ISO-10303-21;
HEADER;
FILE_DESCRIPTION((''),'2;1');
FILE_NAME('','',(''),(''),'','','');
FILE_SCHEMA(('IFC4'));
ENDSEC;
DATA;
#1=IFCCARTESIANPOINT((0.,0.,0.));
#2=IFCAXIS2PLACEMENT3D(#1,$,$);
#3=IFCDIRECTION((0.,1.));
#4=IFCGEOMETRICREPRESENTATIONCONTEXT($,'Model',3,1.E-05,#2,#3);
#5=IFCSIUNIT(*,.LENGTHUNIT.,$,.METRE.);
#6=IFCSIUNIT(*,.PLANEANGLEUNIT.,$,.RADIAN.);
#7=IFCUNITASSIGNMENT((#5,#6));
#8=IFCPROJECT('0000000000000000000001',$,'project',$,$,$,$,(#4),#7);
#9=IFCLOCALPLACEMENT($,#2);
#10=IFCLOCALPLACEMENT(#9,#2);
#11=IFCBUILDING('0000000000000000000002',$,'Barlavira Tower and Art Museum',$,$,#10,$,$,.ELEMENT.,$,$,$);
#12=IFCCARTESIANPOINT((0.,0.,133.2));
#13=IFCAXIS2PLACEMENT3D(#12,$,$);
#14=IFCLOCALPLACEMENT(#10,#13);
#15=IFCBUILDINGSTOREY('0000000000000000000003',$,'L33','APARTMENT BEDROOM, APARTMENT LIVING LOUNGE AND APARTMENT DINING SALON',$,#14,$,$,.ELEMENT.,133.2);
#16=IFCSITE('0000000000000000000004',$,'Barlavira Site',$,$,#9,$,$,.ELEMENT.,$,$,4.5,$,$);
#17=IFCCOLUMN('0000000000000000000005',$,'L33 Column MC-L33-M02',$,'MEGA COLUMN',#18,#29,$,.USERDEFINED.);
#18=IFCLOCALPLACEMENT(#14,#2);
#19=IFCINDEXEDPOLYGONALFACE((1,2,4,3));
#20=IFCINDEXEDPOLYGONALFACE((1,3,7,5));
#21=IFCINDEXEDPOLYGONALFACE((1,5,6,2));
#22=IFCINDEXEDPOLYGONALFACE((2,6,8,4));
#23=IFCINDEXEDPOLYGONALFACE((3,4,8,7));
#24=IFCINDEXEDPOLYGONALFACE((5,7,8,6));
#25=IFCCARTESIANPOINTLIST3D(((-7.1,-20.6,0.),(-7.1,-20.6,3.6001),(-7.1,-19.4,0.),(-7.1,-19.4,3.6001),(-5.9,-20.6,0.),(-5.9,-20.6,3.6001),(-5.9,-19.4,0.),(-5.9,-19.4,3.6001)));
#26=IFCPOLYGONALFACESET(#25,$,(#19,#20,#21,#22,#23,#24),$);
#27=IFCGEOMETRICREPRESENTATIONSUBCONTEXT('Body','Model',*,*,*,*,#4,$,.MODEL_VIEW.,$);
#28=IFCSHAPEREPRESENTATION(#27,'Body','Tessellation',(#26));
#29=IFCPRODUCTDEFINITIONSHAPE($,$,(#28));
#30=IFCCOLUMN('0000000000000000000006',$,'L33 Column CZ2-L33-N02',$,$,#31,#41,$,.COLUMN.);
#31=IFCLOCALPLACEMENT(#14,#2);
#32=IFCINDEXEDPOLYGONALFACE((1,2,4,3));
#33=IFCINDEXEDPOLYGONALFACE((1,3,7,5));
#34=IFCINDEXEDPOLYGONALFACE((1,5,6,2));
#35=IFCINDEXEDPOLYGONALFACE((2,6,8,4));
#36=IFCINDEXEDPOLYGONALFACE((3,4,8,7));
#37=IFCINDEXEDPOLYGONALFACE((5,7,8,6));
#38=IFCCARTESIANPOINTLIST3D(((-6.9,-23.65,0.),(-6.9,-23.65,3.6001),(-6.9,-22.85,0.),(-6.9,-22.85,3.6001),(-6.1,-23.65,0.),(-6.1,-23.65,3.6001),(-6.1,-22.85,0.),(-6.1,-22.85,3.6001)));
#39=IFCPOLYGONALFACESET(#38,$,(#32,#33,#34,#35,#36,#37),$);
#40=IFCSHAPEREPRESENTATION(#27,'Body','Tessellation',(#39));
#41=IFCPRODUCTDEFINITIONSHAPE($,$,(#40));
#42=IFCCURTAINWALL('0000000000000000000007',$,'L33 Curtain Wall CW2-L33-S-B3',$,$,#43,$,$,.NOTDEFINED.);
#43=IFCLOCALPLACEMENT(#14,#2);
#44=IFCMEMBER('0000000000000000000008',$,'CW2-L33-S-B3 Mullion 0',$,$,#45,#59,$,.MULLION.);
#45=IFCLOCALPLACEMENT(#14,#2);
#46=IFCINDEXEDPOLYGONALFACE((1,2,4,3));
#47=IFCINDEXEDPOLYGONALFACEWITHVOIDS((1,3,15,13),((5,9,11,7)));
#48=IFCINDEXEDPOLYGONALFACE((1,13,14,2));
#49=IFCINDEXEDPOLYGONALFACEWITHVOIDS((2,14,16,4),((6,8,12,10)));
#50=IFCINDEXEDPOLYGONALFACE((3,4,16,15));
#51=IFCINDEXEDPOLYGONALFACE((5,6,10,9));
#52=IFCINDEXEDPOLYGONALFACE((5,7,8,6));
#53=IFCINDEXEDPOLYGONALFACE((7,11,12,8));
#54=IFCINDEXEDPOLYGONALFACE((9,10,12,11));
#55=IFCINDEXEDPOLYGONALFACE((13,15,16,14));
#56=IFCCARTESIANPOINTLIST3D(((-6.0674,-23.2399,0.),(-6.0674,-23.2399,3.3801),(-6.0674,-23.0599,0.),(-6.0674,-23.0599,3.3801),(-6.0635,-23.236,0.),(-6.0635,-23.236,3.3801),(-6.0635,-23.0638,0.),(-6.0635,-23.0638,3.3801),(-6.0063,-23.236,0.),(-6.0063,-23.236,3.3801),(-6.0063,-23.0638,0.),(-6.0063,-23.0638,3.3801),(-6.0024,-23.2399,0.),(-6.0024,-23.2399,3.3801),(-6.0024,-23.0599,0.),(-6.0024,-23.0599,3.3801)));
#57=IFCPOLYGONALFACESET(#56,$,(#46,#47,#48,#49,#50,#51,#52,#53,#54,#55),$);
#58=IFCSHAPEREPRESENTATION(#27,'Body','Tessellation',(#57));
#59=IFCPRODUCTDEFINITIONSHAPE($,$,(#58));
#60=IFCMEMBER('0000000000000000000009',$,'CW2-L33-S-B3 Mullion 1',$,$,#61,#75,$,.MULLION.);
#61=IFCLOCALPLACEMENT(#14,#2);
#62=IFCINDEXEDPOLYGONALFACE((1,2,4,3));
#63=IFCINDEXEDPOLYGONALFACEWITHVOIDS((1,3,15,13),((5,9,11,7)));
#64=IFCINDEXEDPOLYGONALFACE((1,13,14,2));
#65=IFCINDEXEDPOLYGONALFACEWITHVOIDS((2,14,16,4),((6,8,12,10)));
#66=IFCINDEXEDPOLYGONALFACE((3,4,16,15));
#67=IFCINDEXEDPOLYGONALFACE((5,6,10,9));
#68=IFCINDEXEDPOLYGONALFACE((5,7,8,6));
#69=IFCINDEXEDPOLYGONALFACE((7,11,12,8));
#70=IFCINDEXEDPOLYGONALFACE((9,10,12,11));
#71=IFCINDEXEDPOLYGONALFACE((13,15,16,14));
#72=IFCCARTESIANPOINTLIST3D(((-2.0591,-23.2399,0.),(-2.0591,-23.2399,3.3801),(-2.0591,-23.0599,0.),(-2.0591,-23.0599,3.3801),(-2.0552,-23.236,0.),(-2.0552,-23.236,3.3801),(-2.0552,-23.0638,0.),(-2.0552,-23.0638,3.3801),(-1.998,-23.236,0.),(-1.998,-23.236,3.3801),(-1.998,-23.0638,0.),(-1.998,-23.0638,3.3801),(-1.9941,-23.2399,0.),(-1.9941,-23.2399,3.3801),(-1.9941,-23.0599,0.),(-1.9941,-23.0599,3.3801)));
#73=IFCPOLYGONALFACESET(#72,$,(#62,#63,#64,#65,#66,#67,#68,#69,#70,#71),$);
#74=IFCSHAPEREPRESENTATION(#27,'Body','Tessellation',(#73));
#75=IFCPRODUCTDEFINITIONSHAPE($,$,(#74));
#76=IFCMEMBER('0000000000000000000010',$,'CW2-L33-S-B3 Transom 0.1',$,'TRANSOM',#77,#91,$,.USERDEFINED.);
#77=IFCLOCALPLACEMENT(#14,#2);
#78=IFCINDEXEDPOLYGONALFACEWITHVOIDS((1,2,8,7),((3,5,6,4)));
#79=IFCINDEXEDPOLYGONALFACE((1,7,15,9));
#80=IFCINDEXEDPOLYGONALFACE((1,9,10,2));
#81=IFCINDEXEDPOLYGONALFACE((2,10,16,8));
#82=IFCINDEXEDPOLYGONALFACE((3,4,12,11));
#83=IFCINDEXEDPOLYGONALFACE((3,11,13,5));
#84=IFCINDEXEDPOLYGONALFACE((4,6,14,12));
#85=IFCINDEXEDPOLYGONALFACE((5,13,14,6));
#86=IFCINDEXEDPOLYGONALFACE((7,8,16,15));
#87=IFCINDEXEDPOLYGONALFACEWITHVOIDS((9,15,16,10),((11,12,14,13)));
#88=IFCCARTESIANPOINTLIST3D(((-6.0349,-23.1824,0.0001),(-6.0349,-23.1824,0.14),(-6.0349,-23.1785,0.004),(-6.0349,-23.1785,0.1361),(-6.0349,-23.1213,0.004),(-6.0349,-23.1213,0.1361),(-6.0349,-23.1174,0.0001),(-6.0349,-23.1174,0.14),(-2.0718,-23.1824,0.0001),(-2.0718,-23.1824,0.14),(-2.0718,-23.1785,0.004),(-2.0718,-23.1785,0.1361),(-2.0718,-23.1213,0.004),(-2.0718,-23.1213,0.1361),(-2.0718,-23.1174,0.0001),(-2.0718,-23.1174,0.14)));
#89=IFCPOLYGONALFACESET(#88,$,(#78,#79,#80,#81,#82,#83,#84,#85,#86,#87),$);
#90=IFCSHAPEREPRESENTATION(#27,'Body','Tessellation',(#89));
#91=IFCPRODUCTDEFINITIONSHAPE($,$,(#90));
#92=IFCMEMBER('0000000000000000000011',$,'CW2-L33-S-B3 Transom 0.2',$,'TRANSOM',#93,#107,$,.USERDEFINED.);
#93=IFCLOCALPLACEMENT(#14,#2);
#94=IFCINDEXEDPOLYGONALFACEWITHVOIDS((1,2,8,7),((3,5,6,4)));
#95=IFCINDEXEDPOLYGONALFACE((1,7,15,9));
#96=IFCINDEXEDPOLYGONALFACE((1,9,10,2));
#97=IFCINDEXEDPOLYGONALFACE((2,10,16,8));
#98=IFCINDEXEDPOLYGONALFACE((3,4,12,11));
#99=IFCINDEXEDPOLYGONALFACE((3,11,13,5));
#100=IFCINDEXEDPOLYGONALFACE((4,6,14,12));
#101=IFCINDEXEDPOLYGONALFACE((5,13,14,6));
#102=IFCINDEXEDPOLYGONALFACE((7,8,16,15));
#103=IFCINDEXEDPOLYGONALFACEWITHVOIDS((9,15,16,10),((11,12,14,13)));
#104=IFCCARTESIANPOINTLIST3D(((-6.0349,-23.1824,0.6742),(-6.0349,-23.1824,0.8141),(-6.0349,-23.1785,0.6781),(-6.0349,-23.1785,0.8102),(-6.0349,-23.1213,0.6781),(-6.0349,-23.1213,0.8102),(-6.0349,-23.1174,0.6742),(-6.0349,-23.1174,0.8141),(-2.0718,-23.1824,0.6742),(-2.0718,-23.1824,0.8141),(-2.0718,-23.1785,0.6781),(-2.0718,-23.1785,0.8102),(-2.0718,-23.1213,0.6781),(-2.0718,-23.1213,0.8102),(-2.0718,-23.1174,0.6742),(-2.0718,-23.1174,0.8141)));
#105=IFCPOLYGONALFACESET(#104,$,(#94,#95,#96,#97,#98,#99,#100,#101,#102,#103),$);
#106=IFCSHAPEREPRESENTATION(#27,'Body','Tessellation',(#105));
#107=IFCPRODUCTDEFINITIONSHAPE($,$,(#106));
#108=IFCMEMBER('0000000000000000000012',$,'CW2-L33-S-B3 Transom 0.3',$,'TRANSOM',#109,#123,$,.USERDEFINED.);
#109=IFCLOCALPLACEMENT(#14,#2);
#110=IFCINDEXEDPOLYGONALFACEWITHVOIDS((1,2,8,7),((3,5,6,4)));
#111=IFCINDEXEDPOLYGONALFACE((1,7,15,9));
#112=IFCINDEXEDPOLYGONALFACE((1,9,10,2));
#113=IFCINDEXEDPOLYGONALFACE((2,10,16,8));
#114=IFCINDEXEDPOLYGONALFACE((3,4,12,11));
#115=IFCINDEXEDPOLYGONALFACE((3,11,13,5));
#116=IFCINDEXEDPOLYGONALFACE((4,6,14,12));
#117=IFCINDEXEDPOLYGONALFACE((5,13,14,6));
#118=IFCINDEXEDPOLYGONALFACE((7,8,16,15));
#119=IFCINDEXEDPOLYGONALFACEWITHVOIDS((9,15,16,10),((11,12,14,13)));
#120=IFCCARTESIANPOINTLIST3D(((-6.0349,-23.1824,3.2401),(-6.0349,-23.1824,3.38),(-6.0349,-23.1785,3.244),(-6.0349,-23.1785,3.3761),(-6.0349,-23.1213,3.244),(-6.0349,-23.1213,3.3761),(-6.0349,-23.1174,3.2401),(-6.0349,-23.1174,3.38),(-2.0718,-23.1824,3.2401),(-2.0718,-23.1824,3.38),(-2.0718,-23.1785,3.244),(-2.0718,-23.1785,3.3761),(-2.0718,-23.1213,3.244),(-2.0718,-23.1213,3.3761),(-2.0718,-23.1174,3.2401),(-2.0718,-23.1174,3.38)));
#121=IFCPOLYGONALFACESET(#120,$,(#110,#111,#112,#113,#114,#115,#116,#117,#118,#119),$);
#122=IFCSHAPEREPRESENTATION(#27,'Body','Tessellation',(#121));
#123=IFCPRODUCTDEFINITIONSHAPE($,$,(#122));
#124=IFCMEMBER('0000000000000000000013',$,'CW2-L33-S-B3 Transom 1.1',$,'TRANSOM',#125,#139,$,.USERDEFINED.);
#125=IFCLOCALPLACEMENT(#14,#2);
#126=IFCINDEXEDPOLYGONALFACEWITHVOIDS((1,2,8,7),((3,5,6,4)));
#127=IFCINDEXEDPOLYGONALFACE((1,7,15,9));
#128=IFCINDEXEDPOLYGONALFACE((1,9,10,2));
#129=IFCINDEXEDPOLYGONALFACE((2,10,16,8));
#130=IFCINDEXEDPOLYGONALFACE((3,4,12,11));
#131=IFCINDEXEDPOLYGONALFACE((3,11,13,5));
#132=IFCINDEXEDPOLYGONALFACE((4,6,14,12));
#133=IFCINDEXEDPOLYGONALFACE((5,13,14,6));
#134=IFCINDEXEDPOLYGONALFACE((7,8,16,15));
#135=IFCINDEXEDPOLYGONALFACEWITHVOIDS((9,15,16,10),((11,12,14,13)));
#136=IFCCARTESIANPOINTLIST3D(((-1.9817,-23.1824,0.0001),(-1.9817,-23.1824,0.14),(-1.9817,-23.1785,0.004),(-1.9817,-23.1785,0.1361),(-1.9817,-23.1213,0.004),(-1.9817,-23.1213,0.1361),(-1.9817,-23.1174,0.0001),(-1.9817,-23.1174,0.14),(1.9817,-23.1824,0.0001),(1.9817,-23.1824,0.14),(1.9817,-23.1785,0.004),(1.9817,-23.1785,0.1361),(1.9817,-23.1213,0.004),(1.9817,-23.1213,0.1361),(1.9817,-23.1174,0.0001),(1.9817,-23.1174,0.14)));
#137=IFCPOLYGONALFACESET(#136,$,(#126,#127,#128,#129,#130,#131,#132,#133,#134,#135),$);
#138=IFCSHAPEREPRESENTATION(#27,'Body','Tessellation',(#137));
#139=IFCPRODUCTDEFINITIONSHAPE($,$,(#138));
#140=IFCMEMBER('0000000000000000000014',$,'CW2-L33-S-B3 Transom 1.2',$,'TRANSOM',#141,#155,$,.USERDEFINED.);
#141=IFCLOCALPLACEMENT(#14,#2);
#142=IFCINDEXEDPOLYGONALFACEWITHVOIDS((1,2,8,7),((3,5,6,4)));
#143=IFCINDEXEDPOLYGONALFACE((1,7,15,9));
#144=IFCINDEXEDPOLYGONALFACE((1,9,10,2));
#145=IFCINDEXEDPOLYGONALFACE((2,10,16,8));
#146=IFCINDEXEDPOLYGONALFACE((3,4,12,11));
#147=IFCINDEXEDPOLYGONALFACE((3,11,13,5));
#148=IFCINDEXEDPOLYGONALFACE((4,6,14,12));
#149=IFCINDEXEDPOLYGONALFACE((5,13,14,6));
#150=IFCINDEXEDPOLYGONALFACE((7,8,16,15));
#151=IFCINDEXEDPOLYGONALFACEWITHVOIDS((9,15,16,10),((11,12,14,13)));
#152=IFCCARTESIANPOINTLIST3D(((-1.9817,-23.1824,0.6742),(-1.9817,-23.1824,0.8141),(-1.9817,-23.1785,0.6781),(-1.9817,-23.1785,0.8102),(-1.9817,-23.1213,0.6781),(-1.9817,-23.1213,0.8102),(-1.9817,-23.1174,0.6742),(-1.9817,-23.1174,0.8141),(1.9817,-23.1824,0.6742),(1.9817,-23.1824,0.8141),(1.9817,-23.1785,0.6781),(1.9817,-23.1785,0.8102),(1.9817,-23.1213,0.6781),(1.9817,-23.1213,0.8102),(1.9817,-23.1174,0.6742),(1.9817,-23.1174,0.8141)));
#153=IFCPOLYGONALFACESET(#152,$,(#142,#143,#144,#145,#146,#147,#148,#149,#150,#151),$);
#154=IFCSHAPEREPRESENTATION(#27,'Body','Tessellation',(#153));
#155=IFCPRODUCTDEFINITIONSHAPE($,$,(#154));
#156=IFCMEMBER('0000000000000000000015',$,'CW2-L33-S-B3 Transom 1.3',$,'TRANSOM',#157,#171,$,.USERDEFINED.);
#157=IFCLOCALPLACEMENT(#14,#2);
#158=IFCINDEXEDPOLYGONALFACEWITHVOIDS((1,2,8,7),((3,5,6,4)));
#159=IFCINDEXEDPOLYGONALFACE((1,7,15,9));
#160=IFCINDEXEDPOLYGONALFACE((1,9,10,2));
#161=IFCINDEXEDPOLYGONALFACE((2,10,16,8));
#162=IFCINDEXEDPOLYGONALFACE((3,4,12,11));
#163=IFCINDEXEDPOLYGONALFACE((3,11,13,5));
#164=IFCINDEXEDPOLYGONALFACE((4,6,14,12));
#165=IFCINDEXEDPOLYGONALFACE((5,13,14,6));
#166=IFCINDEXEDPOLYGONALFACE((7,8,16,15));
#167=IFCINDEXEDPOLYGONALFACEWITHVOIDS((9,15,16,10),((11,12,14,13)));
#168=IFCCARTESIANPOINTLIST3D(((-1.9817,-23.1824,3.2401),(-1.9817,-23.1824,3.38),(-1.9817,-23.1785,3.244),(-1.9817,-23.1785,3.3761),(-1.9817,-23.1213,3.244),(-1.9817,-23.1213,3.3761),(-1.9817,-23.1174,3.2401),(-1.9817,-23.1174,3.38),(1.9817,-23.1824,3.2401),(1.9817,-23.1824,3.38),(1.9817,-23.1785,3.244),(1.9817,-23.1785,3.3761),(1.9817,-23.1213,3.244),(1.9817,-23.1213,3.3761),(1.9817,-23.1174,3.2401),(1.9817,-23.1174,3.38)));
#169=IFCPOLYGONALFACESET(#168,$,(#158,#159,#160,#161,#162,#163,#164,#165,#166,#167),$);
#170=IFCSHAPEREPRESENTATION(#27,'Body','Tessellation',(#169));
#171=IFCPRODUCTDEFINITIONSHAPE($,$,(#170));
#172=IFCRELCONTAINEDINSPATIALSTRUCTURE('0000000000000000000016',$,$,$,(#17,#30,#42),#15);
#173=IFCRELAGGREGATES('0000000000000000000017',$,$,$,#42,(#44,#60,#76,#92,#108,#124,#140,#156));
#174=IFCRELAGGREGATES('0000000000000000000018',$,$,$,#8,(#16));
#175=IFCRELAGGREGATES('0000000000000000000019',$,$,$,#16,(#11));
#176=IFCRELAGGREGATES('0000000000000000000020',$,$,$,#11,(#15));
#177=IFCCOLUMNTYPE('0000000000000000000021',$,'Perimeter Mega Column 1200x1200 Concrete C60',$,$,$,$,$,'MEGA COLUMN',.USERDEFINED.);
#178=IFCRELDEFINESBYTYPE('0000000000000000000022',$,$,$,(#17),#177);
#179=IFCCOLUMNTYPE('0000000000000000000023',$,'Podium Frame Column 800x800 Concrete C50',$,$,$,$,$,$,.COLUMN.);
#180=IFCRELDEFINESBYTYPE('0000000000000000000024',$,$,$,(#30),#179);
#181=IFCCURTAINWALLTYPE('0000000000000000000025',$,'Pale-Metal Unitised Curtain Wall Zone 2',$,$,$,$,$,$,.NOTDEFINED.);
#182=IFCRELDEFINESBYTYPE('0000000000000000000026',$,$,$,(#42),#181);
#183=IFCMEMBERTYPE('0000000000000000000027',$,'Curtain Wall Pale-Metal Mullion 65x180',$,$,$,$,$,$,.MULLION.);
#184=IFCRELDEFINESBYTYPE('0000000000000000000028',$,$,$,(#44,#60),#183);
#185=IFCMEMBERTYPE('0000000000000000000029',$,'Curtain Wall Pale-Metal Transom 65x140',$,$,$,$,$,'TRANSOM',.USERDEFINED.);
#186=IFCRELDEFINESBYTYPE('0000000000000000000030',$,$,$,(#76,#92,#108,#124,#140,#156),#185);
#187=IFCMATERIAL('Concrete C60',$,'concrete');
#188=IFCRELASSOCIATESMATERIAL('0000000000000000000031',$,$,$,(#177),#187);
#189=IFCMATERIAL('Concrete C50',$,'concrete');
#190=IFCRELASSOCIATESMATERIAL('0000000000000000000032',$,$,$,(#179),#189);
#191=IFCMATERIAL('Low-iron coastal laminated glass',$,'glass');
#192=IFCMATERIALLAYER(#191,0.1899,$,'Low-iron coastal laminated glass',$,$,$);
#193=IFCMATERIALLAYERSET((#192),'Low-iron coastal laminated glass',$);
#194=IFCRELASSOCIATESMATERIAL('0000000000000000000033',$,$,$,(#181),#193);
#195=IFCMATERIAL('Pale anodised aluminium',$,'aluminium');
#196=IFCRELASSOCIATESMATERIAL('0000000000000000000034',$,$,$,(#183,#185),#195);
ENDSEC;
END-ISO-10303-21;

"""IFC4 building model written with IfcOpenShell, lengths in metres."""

from ifc_helpers import new_model, si_unit, direction, frame, origin, origin_2d, place, context, subcontext, project, spatial, rectangle, hollow_rectangle, extrude, material, layer, layer_set, material_profile, profile_set, type_object, element, aggregate, save


model = new_model("IFC4")

# Units and contexts
model_context = context("Model", 3, precision=1e-05, world=origin(), true_north=direction((0.0, 1.0)))
body_context = subcontext(model_context, "Body", "Model", "MODEL_VIEW")
ifc_project = project(units=[si_unit("LENGTHUNIT", "METRE"), si_unit("PLANEANGLEUNIT", "RADIAN")], contexts=[model_context])

# Site, building, storey
site_placement = place(None, origin())
site = spatial("IfcSite", under=ifc_project, at=site_placement, Name="Barlavira Site", CompositionType="ELEMENT", RefElevation=4.5)
building_placement = place(site_placement, origin())
building = spatial("IfcBuilding", under=site, at=building_placement, Name="Barlavira Tower and Art Museum", CompositionType="ELEMENT")
storey_placement = place(building_placement, frame((0.0, 0.0, 133.2)))
storey = spatial("IfcBuildingStorey", under=building, at=storey_placement, Name="L33", Description="APARTMENT BEDROOM, APARTMENT LIVING LOUNGE AND APARTMENT DINING SALON", CompositionType="ELEMENT", Elevation=133.2)

# Columns
ifc_material_1 = material(Name="Concrete C60", Category="concrete")
ifc_material_profile_1 = material_profile(ifc_material_1, rectangle(XDim=1.2, YDim=1.2, at=origin_2d()), Name="RC-COL 1200x1200")
ifc_profile_set_1 = profile_set([ifc_material_profile_1], Name="Concrete C60")
column_type_1 = type_object("IfcColumnType", Name="Perimeter Mega Column 1200x1200 Concrete C60", ElementType="MEGA COLUMN", PredefinedType="USERDEFINED", material=ifc_profile_set_1)
column_1_placement = place(storey_placement, frame((-6.5, -20.0, 0.0), z_axis=(0.0, 0.0, 1.0), x_axis=(1.0, 0.0, 0.0)))
element("IfcColumn", 1, at=column_1_placement, inside=storey, type_object=column_type_1, Name="L33 Column MC-L33-M02", ObjectType="MEGA COLUMN", PredefinedType="USERDEFINED", context=body_context, shape_type="SweptSolid", body=[
    extrude(rectangle(XDim=1.2, YDim=1.2, at=origin_2d()), origin(), (0.0, 0.0, 1.0), 3.6001),
])
ifc_material_2 = material(Name="Concrete C50", Category="concrete")
ifc_material_profile_2 = material_profile(ifc_material_2, rectangle(XDim=0.8, YDim=0.8, at=origin_2d()), Name="RC-COL 800x800")
ifc_profile_set_2 = profile_set([ifc_material_profile_2], Name="Concrete C50")
column_type_2 = type_object("IfcColumnType", Name="Podium Frame Column 800x800 Concrete C50", PredefinedType="COLUMN", material=ifc_profile_set_2)
column_2_placement = place(storey_placement, frame((-6.5, -23.25, 0.0), z_axis=(0.0, 0.0, 1.0), x_axis=(1.0, 0.0, 0.0)))
element("IfcColumn", 2, at=column_2_placement, inside=storey, type_object=column_type_2, Name="L33 Column CZ2-L33-N02", PredefinedType="COLUMN", context=body_context, shape_type="SweptSolid", body=[
    extrude(rectangle(XDim=0.8, YDim=0.8, at=origin_2d()), origin(), (0.0, 0.0, 1.0), 3.6001),
])

# Curtain wall, members
ifc_material_3 = material(Name="Low-iron coastal laminated glass", Category="glass")
ifc_layer_1 = layer(ifc_material_3, 0.1899, Name="Low-iron coastal laminated glass")
ifc_layer_set_1 = layer_set([ifc_layer_1], Name="Low-iron coastal laminated glass")
curtain_wall_type = type_object("IfcCurtainWallType", Name="Pale-Metal Unitised Curtain Wall Zone 2", PredefinedType="NOTDEFINED", material=ifc_layer_set_1)
curtain_wall_placement = place(storey_placement, origin())
curtain_wall = element("IfcCurtainWall", 3, at=curtain_wall_placement, inside=storey, type_object=curtain_wall_type, Name="L33 Curtain Wall CW2-L33-S-B3", PredefinedType="NOTDEFINED")
ifc_material_4 = material(Name="Pale anodised aluminium", Category="aluminium")
ifc_material_profile_3 = material_profile(ifc_material_4, hollow_rectangle(XDim=0.0649, YDim=0.1799, WallThickness=0.0039, at=origin_2d()), Name="ALU-MULL 65x180x4")
ifc_profile_set_3 = profile_set([ifc_material_profile_3], Name="Pale anodised aluminium")
member_type_1 = type_object("IfcMemberType", Name="Curtain Wall Pale-Metal Mullion 65x180", PredefinedType="MULLION", material=ifc_profile_set_3)
member_1_placement = place(storey_placement, frame((-6.0349, -23.1499, 0.0), z_axis=(0.0, 0.0, 1.0), x_axis=(1.0, 0.0, 0.0)))
member_1 = element("IfcMember", 4, at=member_1_placement, type_object=member_type_1, Name="CW2-L33-S-B3 Mullion 0", PredefinedType="MULLION", context=body_context, shape_type="SweptSolid", body=[
    extrude(hollow_rectangle(XDim=0.0649, YDim=0.1799, WallThickness=0.0039, at=origin_2d()), origin(), (0.0, 0.0, 1.0), 3.3801),
])
member_2_placement = place(storey_placement, frame((-2.0266, -23.1499, 0.0), z_axis=(0.0, 0.0, 1.0), x_axis=(1.0, 0.0, 0.0)))
member_2 = element("IfcMember", 5, at=member_2_placement, type_object=member_type_1, Name="CW2-L33-S-B3 Mullion 1", PredefinedType="MULLION", context=body_context, shape_type="SweptSolid", body=[
    extrude(hollow_rectangle(XDim=0.0649, YDim=0.1799, WallThickness=0.0039, at=origin_2d()), origin(), (0.0, 0.0, 1.0), 3.3801),
])
ifc_material_profile_4 = material_profile(ifc_material_4, hollow_rectangle(XDim=0.0649, YDim=0.1399, WallThickness=0.0039, at=origin_2d()), Name="ALU-TRAN 65x140x4")
ifc_profile_set_4 = profile_set([ifc_material_profile_4], Name="Pale anodised aluminium")
member_type_2 = type_object("IfcMemberType", Name="Curtain Wall Pale-Metal Transom 65x140", ElementType="TRANSOM", PredefinedType="USERDEFINED", material=ifc_profile_set_4)
member_3_placement = place(storey_placement, frame((-6.0349, -23.1499, 0.0701), z_axis=(1.0, 0.0, 0.0), x_axis=(0.0, 1.0, 0.0)))
member_3 = element("IfcMember", 6, at=member_3_placement, type_object=member_type_2, Name="CW2-L33-S-B3 Transom 0.1", ObjectType="TRANSOM", PredefinedType="USERDEFINED", context=body_context, shape_type="SweptSolid", body=[
    extrude(hollow_rectangle(XDim=0.0649, YDim=0.1399, WallThickness=0.0039, at=origin_2d()), origin(), (0.0, 0.0, 1.0), 3.9631),
])
member_4_placement = place(storey_placement, frame((-6.0349, -23.1499, 0.7441), z_axis=(1.0, 0.0, 0.0), x_axis=(0.0, 1.0, 0.0)))
member_4 = element("IfcMember", 7, at=member_4_placement, type_object=member_type_2, Name="CW2-L33-S-B3 Transom 0.2", ObjectType="TRANSOM", PredefinedType="USERDEFINED", context=body_context, shape_type="SweptSolid", body=[
    extrude(hollow_rectangle(XDim=0.0649, YDim=0.1399, WallThickness=0.0039, at=origin_2d()), origin(), (0.0, 0.0, 1.0), 3.9631),
])
member_5_placement = place(storey_placement, frame((-6.0349, -23.1499, 3.3101), z_axis=(1.0, 0.0, 0.0), x_axis=(0.0, 1.0, 0.0)))
member_5 = element("IfcMember", 8, at=member_5_placement, type_object=member_type_2, Name="CW2-L33-S-B3 Transom 0.3", ObjectType="TRANSOM", PredefinedType="USERDEFINED", context=body_context, shape_type="SweptSolid", body=[
    extrude(hollow_rectangle(XDim=0.0649, YDim=0.1399, WallThickness=0.0039, at=origin_2d()), origin(), (0.0, 0.0, 1.0), 3.9631),
])
member_6_placement = place(storey_placement, frame((-1.9817, -23.1499, 0.0701), z_axis=(1.0, 0.0, 0.0), x_axis=(0.0, 1.0, 0.0)))
member_6 = element("IfcMember", 9, at=member_6_placement, type_object=member_type_2, Name="CW2-L33-S-B3 Transom 1.1", ObjectType="TRANSOM", PredefinedType="USERDEFINED", context=body_context, shape_type="SweptSolid", body=[
    extrude(hollow_rectangle(XDim=0.0649, YDim=0.1399, WallThickness=0.0039, at=origin_2d()), origin(), (0.0, 0.0, 1.0), 3.9634),
])
member_7_placement = place(storey_placement, frame((-1.9817, -23.1499, 0.7441), z_axis=(1.0, 0.0, 0.0), x_axis=(0.0, 1.0, 0.0)))
member_7 = element("IfcMember", 10, at=member_7_placement, type_object=member_type_2, Name="CW2-L33-S-B3 Transom 1.2", ObjectType="TRANSOM", PredefinedType="USERDEFINED", context=body_context, shape_type="SweptSolid", body=[
    extrude(hollow_rectangle(XDim=0.0649, YDim=0.1399, WallThickness=0.0039, at=origin_2d()), origin(), (0.0, 0.0, 1.0), 3.9634),
])
member_8_placement = place(storey_placement, frame((-1.9817, -23.1499, 3.3101), z_axis=(1.0, 0.0, 0.0), x_axis=(0.0, 1.0, 0.0)))
member_8 = element("IfcMember", 11, at=member_8_placement, type_object=member_type_2, Name="CW2-L33-S-B3 Transom 1.3", ObjectType="TRANSOM", PredefinedType="USERDEFINED", context=body_context, shape_type="SweptSolid", body=[
    extrude(hollow_rectangle(XDim=0.0649, YDim=0.1399, WallThickness=0.0039, at=origin_2d()), origin(), (0.0, 0.0, 1.0), 3.9634),
])

aggregate(curtain_wall, [member_1, member_2, member_3, member_4, member_5, member_6, member_7, member_8])

save(model, "model.ifc")
